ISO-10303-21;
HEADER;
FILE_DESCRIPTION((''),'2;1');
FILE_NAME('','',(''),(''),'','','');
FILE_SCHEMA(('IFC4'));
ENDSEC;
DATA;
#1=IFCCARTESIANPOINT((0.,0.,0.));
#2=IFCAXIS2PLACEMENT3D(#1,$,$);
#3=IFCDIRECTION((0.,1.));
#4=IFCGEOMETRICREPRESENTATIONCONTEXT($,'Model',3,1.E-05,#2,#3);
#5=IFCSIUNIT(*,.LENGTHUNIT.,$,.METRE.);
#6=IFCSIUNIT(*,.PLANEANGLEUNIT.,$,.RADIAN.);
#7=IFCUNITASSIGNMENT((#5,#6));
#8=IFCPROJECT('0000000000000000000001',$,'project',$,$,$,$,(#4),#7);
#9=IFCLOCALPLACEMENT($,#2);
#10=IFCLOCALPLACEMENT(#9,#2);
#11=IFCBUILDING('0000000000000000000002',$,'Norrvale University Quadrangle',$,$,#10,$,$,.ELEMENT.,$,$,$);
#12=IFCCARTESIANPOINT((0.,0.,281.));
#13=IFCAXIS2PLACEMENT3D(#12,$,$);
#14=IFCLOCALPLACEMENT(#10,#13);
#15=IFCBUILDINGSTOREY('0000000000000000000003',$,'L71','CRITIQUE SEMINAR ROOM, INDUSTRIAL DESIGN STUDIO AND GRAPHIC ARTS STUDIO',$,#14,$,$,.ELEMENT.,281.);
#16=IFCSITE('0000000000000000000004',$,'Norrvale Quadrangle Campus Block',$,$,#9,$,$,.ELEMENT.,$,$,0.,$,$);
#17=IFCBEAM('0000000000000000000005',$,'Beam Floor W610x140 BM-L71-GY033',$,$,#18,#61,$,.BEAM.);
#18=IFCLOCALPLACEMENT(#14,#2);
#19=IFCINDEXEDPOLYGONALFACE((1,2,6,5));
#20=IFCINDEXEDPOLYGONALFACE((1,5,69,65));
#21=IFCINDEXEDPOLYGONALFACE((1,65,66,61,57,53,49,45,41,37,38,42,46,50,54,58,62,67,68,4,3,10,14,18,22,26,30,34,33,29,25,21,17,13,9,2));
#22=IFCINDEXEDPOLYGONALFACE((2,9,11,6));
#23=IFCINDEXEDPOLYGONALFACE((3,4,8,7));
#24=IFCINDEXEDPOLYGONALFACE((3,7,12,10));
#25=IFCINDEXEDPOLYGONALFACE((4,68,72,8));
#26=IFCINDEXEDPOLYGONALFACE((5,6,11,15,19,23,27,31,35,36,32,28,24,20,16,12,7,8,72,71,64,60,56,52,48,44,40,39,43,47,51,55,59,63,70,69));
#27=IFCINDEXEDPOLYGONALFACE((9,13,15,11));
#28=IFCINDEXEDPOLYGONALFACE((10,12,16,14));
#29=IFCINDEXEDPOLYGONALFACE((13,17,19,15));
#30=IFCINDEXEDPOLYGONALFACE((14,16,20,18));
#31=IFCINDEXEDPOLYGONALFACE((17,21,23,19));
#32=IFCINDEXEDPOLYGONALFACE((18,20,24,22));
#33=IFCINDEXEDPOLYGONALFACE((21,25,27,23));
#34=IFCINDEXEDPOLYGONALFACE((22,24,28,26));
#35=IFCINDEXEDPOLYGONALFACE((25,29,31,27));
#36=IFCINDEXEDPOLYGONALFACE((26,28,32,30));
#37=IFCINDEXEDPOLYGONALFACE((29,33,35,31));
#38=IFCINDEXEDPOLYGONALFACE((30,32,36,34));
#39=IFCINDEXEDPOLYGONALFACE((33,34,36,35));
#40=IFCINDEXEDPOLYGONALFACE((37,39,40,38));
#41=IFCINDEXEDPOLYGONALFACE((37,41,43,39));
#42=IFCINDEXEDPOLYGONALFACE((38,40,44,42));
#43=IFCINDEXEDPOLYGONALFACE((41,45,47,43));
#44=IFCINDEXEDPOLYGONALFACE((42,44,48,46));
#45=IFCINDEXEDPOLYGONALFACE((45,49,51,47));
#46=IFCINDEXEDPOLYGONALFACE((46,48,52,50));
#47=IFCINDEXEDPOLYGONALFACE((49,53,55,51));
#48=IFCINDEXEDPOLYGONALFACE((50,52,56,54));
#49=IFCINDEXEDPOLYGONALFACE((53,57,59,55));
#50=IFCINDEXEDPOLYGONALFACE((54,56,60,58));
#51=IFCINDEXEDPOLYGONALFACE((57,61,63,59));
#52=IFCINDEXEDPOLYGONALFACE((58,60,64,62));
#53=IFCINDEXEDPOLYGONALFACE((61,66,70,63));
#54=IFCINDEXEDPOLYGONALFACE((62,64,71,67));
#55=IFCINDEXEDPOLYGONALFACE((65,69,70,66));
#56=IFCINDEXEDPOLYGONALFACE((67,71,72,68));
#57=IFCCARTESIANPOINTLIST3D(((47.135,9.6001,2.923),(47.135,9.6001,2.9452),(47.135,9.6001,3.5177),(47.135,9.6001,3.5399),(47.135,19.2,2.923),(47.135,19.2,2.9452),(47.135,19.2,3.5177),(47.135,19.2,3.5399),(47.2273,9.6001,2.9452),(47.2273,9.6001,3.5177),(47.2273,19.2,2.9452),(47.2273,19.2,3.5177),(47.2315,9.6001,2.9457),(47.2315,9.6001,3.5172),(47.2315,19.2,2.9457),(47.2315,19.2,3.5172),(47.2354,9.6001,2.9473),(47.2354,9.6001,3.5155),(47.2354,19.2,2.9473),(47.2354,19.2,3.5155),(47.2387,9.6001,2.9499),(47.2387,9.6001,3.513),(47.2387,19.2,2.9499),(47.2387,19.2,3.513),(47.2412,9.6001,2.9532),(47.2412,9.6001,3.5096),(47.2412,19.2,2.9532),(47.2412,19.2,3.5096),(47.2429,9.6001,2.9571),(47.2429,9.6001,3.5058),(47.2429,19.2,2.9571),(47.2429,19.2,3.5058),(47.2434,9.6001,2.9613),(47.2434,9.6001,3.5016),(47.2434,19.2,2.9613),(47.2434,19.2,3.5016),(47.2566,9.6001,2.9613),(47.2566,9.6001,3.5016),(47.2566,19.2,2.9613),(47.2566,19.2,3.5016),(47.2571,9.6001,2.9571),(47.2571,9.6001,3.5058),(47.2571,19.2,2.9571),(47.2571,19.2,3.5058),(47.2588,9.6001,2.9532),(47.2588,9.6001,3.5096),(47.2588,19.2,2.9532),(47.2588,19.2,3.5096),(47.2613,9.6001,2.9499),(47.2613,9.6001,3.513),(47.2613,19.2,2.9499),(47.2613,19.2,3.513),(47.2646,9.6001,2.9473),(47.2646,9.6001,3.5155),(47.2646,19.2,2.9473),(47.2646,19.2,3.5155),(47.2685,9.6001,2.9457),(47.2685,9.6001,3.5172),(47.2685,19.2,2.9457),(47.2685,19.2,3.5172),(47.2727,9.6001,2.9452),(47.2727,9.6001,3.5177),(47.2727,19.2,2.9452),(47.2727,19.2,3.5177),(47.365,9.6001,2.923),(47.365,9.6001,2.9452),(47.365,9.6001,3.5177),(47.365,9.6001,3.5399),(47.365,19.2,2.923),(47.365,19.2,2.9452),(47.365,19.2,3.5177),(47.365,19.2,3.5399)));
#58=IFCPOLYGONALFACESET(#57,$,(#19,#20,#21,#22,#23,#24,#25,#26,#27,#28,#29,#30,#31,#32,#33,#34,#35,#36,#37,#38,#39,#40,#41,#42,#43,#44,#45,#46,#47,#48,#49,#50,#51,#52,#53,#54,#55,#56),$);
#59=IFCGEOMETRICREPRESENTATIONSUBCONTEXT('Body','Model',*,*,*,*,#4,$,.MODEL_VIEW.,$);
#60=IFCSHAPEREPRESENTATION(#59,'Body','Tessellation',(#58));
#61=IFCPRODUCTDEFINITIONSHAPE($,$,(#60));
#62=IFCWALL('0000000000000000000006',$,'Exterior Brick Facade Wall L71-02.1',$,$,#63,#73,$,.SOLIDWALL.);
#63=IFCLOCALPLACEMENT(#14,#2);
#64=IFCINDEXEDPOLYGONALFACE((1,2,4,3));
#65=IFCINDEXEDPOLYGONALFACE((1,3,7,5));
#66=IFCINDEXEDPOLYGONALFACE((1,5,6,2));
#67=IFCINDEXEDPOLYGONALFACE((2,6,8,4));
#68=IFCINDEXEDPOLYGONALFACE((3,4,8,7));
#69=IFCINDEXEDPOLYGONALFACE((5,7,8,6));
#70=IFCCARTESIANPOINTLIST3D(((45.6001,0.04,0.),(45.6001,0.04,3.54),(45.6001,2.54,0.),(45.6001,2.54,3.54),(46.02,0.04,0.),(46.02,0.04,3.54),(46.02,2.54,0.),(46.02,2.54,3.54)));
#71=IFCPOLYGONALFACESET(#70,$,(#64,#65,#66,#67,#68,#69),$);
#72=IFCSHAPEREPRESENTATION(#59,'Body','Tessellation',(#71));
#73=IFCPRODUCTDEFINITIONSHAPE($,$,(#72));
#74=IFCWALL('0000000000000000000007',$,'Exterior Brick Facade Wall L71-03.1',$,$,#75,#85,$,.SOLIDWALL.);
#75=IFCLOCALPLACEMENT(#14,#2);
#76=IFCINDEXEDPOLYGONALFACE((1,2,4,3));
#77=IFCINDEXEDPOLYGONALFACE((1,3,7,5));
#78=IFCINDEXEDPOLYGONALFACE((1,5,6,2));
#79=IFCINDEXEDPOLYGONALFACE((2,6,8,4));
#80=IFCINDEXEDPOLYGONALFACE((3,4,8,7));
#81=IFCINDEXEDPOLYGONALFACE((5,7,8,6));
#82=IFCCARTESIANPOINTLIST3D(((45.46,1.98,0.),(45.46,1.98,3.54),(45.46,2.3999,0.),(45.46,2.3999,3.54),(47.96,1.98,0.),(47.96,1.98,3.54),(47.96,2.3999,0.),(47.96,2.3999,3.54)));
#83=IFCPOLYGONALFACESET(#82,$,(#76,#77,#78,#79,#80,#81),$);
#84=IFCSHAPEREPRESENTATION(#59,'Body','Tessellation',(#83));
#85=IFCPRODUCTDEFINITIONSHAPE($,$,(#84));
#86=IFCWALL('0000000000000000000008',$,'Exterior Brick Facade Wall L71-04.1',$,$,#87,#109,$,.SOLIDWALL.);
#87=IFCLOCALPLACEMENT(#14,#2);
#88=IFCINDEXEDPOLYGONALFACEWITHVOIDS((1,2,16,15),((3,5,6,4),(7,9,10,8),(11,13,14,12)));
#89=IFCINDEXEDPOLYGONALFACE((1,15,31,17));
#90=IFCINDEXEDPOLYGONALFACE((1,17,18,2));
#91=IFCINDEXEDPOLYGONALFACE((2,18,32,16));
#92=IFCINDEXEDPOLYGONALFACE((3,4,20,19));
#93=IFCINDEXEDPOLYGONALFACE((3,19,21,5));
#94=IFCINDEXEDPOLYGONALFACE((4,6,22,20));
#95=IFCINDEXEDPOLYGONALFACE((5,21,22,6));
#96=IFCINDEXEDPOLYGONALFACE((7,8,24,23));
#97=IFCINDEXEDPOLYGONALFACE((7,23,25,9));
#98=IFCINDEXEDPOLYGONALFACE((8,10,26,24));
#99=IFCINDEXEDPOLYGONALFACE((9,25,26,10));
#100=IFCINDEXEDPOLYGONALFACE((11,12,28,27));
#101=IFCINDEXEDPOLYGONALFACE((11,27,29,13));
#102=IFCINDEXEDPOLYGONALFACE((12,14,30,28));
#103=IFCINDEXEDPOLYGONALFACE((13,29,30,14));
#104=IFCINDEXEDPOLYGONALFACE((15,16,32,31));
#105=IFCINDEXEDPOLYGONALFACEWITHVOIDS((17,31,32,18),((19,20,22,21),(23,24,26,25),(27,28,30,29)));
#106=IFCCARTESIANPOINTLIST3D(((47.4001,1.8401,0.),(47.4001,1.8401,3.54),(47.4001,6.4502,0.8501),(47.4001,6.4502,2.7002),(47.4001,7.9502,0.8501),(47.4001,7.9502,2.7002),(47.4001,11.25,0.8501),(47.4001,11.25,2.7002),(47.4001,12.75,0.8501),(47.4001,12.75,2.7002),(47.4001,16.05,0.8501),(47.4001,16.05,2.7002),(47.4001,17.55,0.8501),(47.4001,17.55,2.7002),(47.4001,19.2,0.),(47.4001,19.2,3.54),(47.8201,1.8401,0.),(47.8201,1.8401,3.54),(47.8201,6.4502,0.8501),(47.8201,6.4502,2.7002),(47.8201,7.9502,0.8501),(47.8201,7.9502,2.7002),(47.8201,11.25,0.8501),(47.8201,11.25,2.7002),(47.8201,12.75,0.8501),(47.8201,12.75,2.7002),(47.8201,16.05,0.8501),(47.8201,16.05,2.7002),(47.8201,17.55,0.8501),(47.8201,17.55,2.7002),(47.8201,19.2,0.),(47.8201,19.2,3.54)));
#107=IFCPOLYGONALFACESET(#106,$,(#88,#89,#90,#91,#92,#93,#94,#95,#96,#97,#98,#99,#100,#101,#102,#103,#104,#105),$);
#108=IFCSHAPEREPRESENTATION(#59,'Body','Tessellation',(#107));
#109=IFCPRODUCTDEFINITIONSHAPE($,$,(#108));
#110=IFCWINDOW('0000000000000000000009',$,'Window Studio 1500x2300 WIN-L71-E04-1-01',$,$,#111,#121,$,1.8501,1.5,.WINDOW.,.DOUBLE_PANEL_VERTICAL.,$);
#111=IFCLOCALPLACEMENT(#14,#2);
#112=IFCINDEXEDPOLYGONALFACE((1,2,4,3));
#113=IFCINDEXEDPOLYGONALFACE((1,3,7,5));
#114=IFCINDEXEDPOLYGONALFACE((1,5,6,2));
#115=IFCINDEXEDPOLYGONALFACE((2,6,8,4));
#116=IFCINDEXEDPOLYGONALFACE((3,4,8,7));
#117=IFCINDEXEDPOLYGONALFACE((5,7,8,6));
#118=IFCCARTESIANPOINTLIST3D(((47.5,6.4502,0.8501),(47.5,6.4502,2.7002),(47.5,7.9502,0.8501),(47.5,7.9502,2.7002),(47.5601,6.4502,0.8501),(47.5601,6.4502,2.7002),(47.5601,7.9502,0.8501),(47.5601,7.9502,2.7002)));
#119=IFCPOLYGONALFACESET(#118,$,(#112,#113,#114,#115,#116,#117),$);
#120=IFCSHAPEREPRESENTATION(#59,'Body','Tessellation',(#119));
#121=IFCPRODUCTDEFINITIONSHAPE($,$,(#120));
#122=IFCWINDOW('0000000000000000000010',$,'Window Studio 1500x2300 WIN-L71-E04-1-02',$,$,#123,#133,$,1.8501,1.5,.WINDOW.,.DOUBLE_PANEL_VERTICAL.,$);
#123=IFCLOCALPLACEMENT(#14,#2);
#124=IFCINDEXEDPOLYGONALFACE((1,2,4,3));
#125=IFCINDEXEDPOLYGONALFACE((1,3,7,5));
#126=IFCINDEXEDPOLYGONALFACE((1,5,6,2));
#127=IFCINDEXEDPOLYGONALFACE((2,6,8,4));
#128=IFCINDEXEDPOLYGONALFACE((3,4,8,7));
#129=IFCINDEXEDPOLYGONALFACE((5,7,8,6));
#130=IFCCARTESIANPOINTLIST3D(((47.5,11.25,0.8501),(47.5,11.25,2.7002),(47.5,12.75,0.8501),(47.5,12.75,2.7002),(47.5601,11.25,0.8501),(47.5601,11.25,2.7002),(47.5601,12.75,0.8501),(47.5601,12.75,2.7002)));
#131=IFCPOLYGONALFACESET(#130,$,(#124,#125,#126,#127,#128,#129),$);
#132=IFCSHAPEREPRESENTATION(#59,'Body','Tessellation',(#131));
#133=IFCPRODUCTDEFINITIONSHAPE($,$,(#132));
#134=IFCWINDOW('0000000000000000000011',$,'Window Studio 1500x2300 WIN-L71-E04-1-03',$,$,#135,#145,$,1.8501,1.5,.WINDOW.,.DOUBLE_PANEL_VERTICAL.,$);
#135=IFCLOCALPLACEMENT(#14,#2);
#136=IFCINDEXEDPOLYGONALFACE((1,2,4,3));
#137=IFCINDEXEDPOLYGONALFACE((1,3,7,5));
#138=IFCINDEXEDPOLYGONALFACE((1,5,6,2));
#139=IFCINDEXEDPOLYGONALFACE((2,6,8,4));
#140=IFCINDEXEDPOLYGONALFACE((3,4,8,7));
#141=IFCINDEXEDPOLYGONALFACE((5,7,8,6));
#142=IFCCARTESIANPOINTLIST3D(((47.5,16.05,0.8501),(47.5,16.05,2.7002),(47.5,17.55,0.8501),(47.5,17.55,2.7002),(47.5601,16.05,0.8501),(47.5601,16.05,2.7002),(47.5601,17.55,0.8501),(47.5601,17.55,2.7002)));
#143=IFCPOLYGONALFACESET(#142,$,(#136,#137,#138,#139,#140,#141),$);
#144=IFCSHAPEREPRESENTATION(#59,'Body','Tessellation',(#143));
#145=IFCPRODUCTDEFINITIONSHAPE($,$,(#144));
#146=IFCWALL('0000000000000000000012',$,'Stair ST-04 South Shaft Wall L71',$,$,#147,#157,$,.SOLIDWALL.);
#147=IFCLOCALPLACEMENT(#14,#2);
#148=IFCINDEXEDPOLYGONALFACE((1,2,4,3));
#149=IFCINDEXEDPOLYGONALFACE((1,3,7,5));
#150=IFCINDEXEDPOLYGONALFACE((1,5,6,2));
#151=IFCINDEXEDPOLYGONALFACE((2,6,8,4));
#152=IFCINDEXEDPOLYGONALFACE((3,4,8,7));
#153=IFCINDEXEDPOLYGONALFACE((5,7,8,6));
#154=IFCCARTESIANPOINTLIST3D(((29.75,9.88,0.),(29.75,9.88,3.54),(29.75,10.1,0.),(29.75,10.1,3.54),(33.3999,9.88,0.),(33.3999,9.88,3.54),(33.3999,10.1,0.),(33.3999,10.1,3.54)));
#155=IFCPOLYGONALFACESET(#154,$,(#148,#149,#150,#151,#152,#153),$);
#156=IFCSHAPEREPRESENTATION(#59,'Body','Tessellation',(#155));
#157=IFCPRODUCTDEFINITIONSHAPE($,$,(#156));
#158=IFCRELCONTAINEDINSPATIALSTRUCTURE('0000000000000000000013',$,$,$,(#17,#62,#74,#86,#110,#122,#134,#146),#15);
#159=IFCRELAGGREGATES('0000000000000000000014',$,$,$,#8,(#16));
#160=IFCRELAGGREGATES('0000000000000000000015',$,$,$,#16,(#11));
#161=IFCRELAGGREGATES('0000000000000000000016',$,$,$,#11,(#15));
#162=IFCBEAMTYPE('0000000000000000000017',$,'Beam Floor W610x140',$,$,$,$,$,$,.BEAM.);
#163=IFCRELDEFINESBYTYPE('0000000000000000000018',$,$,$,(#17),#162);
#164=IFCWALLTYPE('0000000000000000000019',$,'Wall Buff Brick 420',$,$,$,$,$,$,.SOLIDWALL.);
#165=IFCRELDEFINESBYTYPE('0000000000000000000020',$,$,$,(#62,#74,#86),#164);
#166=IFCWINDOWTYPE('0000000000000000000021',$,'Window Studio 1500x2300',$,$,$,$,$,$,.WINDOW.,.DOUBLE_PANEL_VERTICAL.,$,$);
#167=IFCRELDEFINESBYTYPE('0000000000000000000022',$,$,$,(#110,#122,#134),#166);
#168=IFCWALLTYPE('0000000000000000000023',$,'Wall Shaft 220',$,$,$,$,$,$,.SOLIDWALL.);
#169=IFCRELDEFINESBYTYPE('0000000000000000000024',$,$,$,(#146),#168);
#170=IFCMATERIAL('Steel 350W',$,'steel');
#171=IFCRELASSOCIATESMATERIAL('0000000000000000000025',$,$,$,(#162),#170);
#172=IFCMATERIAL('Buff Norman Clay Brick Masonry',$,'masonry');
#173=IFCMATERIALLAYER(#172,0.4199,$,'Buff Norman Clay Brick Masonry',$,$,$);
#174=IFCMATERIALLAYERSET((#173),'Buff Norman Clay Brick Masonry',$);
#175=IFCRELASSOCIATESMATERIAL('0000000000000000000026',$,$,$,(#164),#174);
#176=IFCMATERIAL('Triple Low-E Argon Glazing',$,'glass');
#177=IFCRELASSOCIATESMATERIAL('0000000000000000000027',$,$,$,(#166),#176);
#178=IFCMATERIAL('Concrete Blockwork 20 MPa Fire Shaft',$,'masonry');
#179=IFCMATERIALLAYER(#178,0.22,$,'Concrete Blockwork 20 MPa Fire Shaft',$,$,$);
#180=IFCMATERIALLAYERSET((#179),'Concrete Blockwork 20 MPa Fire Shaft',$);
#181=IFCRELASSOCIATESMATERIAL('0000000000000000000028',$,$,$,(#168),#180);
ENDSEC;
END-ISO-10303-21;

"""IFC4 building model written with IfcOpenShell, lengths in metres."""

from ifc_helpers import new_model, si_unit, direction, frame, frame_2d, origin, origin_2d, place, context, subcontext, project, spatial, rectangle, i_section, extrude, material, layer, layer_set, material_profile, profile_set, type_object, element, fill, save


model = new_model("IFC4")

# Units and contexts
model_context = context("Model", 3, precision=1e-05, world=origin(), true_north=direction((0.0, 1.0)))
body_context = subcontext(model_context, "Body", "Model", "MODEL_VIEW")
ifc_project = project(units=[si_unit("LENGTHUNIT", "METRE"), si_unit("PLANEANGLEUNIT", "RADIAN")], contexts=[model_context])

# Site, building, storey
site_placement = place(None, origin())
site = spatial("IfcSite", under=ifc_project, at=site_placement, Name="Norrvale Quadrangle Campus Block", CompositionType="ELEMENT", RefElevation=0.0)
building_placement = place(site_placement, origin())
building = spatial("IfcBuilding", under=site, at=building_placement, Name="Norrvale University Quadrangle", CompositionType="ELEMENT")
storey_placement = place(building_placement, frame((0.0, 0.0, 281.0)))
storey = spatial("IfcBuildingStorey", under=building, at=storey_placement, Name="L71", Description="CRITIQUE SEMINAR ROOM, INDUSTRIAL DESIGN STUDIO AND GRAPHIC ARTS STUDIO", CompositionType="ELEMENT", Elevation=281.0)

# Beam
ifc_material_1 = material(Name="Steel 350W", Category="steel")
ifc_material_profile_1 = material_profile(ifc_material_1, i_section(OverallWidth=0.23, OverallDepth=0.6169, WebThickness=0.0132, FlangeThickness=0.0222, FilletRadius=0.0161, at=origin_2d()), Name="Steel 350W")
ifc_profile_set_1 = profile_set([ifc_material_profile_1], Name="Steel 350W")
beam_type = type_object("IfcBeamType", Name="Beam Floor W610x140", PredefinedType="BEAM", material=ifc_profile_set_1)
for number, where, z_axis, x_axis, name in (
    (1, (47.25, 9.6001, 3.2314), (0.0, 1.0, 0.0), (-1.0, 0.0, 0.0), "Beam Floor W610x140 BM-L71-GY033"),
):
    element("IfcBeam", number, at=place(storey_placement, frame(where, z_axis=z_axis, x_axis=x_axis)), inside=storey, type_object=beam_type, Name=name, PredefinedType="BEAM", context=body_context, shape_type="SweptSolid", body=[
        extrude(i_section(OverallWidth=0.23, OverallDepth=0.6169, WebThickness=0.0132, FlangeThickness=0.0222, FilletRadius=0.0161, at=origin_2d()), origin(), (0.0, 0.0, 1.0), 9.5999),
    ])

# Walls
ifc_material_2 = material(Name="Buff Norman Clay Brick Masonry", Category="masonry")
ifc_layer_1 = layer(ifc_material_2, 0.4199, Name="Buff Norman Clay Brick Masonry")
ifc_layer_set_1 = layer_set([ifc_layer_1], Name="Buff Norman Clay Brick Masonry")
wall_type_1 = type_object("IfcWallType", Name="Wall Buff Brick 420", PredefinedType="SOLIDWALL", material=ifc_layer_set_1)
for number, where, z_axis, x_axis, name in (
    (2, (45.8101, 0.04, 0.0), (0.0, 0.0, 1.0), (0.0, 1.0, 0.0), "Exterior Brick Facade Wall L71-02.1"),
    (3, (45.46, 2.1899, 0.0), (0.0, 0.0, 1.0), (1.0, 0.0, 0.0), "Exterior Brick Facade Wall L71-03.1"),
):
    element("IfcWall", number, at=place(storey_placement, frame(where, z_axis=z_axis, x_axis=x_axis)), inside=storey, type_object=wall_type_1, Name=name, PredefinedType="SOLIDWALL", context=body_context, shape_type="SweptSolid", body=[
        extrude(rectangle(XDim=2.5, YDim=0.4199, at=frame_2d((1.25, 0.0))), origin(), (0.0, 0.0, 1.0), 3.54),
    ])

# Wall, openings, windows
wall_1_placement = place(storey_placement, frame((47.6101, 1.8401, 0.0), z_axis=(0.0, 0.0, 1.0), x_axis=(0.0, 1.0, 0.0)))
wall_1 = element("IfcWall", 4, at=wall_1_placement, inside=storey, type_object=wall_type_1, Name="Exterior Brick Facade Wall L71-04.1", PredefinedType="SOLIDWALL", context=body_context, shape_type="SweptSolid", body=[
    extrude(rectangle(XDim=17.3599, YDim=0.4199, at=frame_2d((8.6799, 0.0))), origin(), (0.0, 0.0, 1.0), 3.54),
])
opening_1_placement = place(wall_1_placement, frame((4.6101, 0.0, 0.8501)))
opening_1 = element("IfcOpeningElement", 5, at=opening_1_placement, cuts=wall_1, PredefinedType="OPENING", context=body_context, shape_type="SweptSolid", body=[
    extrude(rectangle(XDim=1.5, YDim=1.8501, at=frame_2d((0.75, 0.925))), frame((0.0, 0.2219, 0.0), z_axis=(0.0, -1.0, 0.0), x_axis=(1.0, 0.0, 0.0)), (0.0, 0.0, 1.0), 0.4438),
])
opening_2_placement = place(wall_1_placement, frame((9.4099, 0.0, 0.8501)))
opening_2 = element("IfcOpeningElement", 6, at=opening_2_placement, cuts=wall_1, PredefinedType="OPENING", context=body_context, shape_type="SweptSolid", body=[
    extrude(rectangle(XDim=1.5, YDim=1.8501, at=frame_2d((0.75, 0.925))), frame((0.0, 0.2219, 0.0), z_axis=(0.0, -1.0, 0.0), x_axis=(1.0, 0.0, 0.0)), (0.0, 0.0, 1.0), 0.4438),
])
opening_3_placement = place(wall_1_placement, frame((14.21, 0.0, 0.8501)))
opening_3 = element("IfcOpeningElement", 7, at=opening_3_placement, cuts=wall_1, PredefinedType="OPENING", context=body_context, shape_type="SweptSolid", body=[
    extrude(rectangle(XDim=1.5, YDim=1.8501, at=frame_2d((0.75, 0.925))), frame((0.0, 0.2219, 0.0), z_axis=(0.0, -1.0, 0.0), x_axis=(1.0, 0.0, 0.0)), (0.0, 0.0, 1.0), 0.4438),
])
ifc_material_3 = material(Name="Triple Low-E Argon Glazing", Category="glass")
window_type = type_object("IfcWindowType", Name="Window Studio 1500x2300", PartitioningType="DOUBLE_PANEL_VERTICAL", PredefinedType="WINDOW", material=ifc_material_3)
window_1_placement = place(opening_1_placement, origin())
window_1 = element("IfcWindow", 8, at=window_1_placement, inside=storey, type_object=window_type, Name="Window Studio 1500x2300 WIN-L71-E04-1-01", OverallHeight=1.8501, OverallWidth=1.5, PartitioningType="DOUBLE_PANEL_VERTICAL", PredefinedType="WINDOW", context=body_context, shape_type="SweptSolid", body=[
    extrude(rectangle(XDim=1.5, YDim=1.8501, at=frame_2d((0.75, 0.925))), frame((0.0, 0.1101, 0.0), z_axis=(0.0, -1.0, 0.0), x_axis=(1.0, 0.0, 0.0)), (0.0, 0.0, 1.0), 0.0601),
])
fill(opening_1, window_1)
window_2_placement = place(opening_2_placement, origin())
window_2 = element("IfcWindow", 9, at=window_2_placement, inside=storey, type_object=window_type, Name="Window Studio 1500x2300 WIN-L71-E04-1-02", OverallHeight=1.8501, OverallWidth=1.5, PartitioningType="DOUBLE_PANEL_VERTICAL", PredefinedType="WINDOW", context=body_context, shape_type="SweptSolid", body=[
    extrude(rectangle(XDim=1.5, YDim=1.8501, at=frame_2d((0.75, 0.925))), frame((0.0, 0.1101, 0.0), z_axis=(0.0, -1.0, 0.0), x_axis=(1.0, 0.0, 0.0)), (0.0, 0.0, 1.0), 0.0601),
])
fill(opening_2, window_2)
window_3_placement = place(opening_3_placement, origin())
window_3 = element("IfcWindow", 10, at=window_3_placement, inside=storey, type_object=window_type, Name="Window Studio 1500x2300 WIN-L71-E04-1-03", OverallHeight=1.8501, OverallWidth=1.5, PartitioningType="DOUBLE_PANEL_VERTICAL", PredefinedType="WINDOW", context=body_context, shape_type="SweptSolid", body=[
    extrude(rectangle(XDim=1.5, YDim=1.8501, at=frame_2d((0.75, 0.925))), frame((0.0, 0.1101, 0.0), z_axis=(0.0, -1.0, 0.0), x_axis=(1.0, 0.0, 0.0)), (0.0, 0.0, 1.0), 0.0601),
])
fill(opening_3, window_3)

# Wall
ifc_material_4 = material(Name="Concrete Blockwork 20 MPa Fire Shaft", Category="masonry")
ifc_layer_2 = layer(ifc_material_4, 0.22, Name="Concrete Blockwork 20 MPa Fire Shaft")
ifc_layer_set_2 = layer_set([ifc_layer_2], Name="Concrete Blockwork 20 MPa Fire Shaft")
wall_type_2 = type_object("IfcWallType", Name="Wall Shaft 220", PredefinedType="SOLIDWALL", material=ifc_layer_set_2)
wall_2_placement = place(storey_placement, frame((29.75, 9.99, 0.0), z_axis=(0.0, 0.0, 1.0), x_axis=(1.0, 0.0, 0.0)))
element("IfcWall", 11, at=wall_2_placement, inside=storey, type_object=wall_type_2, Name="Stair ST-04 South Shaft Wall L71", PredefinedType="SOLIDWALL", context=body_context, shape_type="SweptSolid", body=[
    extrude(rectangle(XDim=3.6499, YDim=0.22, at=frame_2d((1.825, 0.0))), origin(), (0.0, 0.0, 1.0), 3.54),
])

save(model, "model.ifc")
